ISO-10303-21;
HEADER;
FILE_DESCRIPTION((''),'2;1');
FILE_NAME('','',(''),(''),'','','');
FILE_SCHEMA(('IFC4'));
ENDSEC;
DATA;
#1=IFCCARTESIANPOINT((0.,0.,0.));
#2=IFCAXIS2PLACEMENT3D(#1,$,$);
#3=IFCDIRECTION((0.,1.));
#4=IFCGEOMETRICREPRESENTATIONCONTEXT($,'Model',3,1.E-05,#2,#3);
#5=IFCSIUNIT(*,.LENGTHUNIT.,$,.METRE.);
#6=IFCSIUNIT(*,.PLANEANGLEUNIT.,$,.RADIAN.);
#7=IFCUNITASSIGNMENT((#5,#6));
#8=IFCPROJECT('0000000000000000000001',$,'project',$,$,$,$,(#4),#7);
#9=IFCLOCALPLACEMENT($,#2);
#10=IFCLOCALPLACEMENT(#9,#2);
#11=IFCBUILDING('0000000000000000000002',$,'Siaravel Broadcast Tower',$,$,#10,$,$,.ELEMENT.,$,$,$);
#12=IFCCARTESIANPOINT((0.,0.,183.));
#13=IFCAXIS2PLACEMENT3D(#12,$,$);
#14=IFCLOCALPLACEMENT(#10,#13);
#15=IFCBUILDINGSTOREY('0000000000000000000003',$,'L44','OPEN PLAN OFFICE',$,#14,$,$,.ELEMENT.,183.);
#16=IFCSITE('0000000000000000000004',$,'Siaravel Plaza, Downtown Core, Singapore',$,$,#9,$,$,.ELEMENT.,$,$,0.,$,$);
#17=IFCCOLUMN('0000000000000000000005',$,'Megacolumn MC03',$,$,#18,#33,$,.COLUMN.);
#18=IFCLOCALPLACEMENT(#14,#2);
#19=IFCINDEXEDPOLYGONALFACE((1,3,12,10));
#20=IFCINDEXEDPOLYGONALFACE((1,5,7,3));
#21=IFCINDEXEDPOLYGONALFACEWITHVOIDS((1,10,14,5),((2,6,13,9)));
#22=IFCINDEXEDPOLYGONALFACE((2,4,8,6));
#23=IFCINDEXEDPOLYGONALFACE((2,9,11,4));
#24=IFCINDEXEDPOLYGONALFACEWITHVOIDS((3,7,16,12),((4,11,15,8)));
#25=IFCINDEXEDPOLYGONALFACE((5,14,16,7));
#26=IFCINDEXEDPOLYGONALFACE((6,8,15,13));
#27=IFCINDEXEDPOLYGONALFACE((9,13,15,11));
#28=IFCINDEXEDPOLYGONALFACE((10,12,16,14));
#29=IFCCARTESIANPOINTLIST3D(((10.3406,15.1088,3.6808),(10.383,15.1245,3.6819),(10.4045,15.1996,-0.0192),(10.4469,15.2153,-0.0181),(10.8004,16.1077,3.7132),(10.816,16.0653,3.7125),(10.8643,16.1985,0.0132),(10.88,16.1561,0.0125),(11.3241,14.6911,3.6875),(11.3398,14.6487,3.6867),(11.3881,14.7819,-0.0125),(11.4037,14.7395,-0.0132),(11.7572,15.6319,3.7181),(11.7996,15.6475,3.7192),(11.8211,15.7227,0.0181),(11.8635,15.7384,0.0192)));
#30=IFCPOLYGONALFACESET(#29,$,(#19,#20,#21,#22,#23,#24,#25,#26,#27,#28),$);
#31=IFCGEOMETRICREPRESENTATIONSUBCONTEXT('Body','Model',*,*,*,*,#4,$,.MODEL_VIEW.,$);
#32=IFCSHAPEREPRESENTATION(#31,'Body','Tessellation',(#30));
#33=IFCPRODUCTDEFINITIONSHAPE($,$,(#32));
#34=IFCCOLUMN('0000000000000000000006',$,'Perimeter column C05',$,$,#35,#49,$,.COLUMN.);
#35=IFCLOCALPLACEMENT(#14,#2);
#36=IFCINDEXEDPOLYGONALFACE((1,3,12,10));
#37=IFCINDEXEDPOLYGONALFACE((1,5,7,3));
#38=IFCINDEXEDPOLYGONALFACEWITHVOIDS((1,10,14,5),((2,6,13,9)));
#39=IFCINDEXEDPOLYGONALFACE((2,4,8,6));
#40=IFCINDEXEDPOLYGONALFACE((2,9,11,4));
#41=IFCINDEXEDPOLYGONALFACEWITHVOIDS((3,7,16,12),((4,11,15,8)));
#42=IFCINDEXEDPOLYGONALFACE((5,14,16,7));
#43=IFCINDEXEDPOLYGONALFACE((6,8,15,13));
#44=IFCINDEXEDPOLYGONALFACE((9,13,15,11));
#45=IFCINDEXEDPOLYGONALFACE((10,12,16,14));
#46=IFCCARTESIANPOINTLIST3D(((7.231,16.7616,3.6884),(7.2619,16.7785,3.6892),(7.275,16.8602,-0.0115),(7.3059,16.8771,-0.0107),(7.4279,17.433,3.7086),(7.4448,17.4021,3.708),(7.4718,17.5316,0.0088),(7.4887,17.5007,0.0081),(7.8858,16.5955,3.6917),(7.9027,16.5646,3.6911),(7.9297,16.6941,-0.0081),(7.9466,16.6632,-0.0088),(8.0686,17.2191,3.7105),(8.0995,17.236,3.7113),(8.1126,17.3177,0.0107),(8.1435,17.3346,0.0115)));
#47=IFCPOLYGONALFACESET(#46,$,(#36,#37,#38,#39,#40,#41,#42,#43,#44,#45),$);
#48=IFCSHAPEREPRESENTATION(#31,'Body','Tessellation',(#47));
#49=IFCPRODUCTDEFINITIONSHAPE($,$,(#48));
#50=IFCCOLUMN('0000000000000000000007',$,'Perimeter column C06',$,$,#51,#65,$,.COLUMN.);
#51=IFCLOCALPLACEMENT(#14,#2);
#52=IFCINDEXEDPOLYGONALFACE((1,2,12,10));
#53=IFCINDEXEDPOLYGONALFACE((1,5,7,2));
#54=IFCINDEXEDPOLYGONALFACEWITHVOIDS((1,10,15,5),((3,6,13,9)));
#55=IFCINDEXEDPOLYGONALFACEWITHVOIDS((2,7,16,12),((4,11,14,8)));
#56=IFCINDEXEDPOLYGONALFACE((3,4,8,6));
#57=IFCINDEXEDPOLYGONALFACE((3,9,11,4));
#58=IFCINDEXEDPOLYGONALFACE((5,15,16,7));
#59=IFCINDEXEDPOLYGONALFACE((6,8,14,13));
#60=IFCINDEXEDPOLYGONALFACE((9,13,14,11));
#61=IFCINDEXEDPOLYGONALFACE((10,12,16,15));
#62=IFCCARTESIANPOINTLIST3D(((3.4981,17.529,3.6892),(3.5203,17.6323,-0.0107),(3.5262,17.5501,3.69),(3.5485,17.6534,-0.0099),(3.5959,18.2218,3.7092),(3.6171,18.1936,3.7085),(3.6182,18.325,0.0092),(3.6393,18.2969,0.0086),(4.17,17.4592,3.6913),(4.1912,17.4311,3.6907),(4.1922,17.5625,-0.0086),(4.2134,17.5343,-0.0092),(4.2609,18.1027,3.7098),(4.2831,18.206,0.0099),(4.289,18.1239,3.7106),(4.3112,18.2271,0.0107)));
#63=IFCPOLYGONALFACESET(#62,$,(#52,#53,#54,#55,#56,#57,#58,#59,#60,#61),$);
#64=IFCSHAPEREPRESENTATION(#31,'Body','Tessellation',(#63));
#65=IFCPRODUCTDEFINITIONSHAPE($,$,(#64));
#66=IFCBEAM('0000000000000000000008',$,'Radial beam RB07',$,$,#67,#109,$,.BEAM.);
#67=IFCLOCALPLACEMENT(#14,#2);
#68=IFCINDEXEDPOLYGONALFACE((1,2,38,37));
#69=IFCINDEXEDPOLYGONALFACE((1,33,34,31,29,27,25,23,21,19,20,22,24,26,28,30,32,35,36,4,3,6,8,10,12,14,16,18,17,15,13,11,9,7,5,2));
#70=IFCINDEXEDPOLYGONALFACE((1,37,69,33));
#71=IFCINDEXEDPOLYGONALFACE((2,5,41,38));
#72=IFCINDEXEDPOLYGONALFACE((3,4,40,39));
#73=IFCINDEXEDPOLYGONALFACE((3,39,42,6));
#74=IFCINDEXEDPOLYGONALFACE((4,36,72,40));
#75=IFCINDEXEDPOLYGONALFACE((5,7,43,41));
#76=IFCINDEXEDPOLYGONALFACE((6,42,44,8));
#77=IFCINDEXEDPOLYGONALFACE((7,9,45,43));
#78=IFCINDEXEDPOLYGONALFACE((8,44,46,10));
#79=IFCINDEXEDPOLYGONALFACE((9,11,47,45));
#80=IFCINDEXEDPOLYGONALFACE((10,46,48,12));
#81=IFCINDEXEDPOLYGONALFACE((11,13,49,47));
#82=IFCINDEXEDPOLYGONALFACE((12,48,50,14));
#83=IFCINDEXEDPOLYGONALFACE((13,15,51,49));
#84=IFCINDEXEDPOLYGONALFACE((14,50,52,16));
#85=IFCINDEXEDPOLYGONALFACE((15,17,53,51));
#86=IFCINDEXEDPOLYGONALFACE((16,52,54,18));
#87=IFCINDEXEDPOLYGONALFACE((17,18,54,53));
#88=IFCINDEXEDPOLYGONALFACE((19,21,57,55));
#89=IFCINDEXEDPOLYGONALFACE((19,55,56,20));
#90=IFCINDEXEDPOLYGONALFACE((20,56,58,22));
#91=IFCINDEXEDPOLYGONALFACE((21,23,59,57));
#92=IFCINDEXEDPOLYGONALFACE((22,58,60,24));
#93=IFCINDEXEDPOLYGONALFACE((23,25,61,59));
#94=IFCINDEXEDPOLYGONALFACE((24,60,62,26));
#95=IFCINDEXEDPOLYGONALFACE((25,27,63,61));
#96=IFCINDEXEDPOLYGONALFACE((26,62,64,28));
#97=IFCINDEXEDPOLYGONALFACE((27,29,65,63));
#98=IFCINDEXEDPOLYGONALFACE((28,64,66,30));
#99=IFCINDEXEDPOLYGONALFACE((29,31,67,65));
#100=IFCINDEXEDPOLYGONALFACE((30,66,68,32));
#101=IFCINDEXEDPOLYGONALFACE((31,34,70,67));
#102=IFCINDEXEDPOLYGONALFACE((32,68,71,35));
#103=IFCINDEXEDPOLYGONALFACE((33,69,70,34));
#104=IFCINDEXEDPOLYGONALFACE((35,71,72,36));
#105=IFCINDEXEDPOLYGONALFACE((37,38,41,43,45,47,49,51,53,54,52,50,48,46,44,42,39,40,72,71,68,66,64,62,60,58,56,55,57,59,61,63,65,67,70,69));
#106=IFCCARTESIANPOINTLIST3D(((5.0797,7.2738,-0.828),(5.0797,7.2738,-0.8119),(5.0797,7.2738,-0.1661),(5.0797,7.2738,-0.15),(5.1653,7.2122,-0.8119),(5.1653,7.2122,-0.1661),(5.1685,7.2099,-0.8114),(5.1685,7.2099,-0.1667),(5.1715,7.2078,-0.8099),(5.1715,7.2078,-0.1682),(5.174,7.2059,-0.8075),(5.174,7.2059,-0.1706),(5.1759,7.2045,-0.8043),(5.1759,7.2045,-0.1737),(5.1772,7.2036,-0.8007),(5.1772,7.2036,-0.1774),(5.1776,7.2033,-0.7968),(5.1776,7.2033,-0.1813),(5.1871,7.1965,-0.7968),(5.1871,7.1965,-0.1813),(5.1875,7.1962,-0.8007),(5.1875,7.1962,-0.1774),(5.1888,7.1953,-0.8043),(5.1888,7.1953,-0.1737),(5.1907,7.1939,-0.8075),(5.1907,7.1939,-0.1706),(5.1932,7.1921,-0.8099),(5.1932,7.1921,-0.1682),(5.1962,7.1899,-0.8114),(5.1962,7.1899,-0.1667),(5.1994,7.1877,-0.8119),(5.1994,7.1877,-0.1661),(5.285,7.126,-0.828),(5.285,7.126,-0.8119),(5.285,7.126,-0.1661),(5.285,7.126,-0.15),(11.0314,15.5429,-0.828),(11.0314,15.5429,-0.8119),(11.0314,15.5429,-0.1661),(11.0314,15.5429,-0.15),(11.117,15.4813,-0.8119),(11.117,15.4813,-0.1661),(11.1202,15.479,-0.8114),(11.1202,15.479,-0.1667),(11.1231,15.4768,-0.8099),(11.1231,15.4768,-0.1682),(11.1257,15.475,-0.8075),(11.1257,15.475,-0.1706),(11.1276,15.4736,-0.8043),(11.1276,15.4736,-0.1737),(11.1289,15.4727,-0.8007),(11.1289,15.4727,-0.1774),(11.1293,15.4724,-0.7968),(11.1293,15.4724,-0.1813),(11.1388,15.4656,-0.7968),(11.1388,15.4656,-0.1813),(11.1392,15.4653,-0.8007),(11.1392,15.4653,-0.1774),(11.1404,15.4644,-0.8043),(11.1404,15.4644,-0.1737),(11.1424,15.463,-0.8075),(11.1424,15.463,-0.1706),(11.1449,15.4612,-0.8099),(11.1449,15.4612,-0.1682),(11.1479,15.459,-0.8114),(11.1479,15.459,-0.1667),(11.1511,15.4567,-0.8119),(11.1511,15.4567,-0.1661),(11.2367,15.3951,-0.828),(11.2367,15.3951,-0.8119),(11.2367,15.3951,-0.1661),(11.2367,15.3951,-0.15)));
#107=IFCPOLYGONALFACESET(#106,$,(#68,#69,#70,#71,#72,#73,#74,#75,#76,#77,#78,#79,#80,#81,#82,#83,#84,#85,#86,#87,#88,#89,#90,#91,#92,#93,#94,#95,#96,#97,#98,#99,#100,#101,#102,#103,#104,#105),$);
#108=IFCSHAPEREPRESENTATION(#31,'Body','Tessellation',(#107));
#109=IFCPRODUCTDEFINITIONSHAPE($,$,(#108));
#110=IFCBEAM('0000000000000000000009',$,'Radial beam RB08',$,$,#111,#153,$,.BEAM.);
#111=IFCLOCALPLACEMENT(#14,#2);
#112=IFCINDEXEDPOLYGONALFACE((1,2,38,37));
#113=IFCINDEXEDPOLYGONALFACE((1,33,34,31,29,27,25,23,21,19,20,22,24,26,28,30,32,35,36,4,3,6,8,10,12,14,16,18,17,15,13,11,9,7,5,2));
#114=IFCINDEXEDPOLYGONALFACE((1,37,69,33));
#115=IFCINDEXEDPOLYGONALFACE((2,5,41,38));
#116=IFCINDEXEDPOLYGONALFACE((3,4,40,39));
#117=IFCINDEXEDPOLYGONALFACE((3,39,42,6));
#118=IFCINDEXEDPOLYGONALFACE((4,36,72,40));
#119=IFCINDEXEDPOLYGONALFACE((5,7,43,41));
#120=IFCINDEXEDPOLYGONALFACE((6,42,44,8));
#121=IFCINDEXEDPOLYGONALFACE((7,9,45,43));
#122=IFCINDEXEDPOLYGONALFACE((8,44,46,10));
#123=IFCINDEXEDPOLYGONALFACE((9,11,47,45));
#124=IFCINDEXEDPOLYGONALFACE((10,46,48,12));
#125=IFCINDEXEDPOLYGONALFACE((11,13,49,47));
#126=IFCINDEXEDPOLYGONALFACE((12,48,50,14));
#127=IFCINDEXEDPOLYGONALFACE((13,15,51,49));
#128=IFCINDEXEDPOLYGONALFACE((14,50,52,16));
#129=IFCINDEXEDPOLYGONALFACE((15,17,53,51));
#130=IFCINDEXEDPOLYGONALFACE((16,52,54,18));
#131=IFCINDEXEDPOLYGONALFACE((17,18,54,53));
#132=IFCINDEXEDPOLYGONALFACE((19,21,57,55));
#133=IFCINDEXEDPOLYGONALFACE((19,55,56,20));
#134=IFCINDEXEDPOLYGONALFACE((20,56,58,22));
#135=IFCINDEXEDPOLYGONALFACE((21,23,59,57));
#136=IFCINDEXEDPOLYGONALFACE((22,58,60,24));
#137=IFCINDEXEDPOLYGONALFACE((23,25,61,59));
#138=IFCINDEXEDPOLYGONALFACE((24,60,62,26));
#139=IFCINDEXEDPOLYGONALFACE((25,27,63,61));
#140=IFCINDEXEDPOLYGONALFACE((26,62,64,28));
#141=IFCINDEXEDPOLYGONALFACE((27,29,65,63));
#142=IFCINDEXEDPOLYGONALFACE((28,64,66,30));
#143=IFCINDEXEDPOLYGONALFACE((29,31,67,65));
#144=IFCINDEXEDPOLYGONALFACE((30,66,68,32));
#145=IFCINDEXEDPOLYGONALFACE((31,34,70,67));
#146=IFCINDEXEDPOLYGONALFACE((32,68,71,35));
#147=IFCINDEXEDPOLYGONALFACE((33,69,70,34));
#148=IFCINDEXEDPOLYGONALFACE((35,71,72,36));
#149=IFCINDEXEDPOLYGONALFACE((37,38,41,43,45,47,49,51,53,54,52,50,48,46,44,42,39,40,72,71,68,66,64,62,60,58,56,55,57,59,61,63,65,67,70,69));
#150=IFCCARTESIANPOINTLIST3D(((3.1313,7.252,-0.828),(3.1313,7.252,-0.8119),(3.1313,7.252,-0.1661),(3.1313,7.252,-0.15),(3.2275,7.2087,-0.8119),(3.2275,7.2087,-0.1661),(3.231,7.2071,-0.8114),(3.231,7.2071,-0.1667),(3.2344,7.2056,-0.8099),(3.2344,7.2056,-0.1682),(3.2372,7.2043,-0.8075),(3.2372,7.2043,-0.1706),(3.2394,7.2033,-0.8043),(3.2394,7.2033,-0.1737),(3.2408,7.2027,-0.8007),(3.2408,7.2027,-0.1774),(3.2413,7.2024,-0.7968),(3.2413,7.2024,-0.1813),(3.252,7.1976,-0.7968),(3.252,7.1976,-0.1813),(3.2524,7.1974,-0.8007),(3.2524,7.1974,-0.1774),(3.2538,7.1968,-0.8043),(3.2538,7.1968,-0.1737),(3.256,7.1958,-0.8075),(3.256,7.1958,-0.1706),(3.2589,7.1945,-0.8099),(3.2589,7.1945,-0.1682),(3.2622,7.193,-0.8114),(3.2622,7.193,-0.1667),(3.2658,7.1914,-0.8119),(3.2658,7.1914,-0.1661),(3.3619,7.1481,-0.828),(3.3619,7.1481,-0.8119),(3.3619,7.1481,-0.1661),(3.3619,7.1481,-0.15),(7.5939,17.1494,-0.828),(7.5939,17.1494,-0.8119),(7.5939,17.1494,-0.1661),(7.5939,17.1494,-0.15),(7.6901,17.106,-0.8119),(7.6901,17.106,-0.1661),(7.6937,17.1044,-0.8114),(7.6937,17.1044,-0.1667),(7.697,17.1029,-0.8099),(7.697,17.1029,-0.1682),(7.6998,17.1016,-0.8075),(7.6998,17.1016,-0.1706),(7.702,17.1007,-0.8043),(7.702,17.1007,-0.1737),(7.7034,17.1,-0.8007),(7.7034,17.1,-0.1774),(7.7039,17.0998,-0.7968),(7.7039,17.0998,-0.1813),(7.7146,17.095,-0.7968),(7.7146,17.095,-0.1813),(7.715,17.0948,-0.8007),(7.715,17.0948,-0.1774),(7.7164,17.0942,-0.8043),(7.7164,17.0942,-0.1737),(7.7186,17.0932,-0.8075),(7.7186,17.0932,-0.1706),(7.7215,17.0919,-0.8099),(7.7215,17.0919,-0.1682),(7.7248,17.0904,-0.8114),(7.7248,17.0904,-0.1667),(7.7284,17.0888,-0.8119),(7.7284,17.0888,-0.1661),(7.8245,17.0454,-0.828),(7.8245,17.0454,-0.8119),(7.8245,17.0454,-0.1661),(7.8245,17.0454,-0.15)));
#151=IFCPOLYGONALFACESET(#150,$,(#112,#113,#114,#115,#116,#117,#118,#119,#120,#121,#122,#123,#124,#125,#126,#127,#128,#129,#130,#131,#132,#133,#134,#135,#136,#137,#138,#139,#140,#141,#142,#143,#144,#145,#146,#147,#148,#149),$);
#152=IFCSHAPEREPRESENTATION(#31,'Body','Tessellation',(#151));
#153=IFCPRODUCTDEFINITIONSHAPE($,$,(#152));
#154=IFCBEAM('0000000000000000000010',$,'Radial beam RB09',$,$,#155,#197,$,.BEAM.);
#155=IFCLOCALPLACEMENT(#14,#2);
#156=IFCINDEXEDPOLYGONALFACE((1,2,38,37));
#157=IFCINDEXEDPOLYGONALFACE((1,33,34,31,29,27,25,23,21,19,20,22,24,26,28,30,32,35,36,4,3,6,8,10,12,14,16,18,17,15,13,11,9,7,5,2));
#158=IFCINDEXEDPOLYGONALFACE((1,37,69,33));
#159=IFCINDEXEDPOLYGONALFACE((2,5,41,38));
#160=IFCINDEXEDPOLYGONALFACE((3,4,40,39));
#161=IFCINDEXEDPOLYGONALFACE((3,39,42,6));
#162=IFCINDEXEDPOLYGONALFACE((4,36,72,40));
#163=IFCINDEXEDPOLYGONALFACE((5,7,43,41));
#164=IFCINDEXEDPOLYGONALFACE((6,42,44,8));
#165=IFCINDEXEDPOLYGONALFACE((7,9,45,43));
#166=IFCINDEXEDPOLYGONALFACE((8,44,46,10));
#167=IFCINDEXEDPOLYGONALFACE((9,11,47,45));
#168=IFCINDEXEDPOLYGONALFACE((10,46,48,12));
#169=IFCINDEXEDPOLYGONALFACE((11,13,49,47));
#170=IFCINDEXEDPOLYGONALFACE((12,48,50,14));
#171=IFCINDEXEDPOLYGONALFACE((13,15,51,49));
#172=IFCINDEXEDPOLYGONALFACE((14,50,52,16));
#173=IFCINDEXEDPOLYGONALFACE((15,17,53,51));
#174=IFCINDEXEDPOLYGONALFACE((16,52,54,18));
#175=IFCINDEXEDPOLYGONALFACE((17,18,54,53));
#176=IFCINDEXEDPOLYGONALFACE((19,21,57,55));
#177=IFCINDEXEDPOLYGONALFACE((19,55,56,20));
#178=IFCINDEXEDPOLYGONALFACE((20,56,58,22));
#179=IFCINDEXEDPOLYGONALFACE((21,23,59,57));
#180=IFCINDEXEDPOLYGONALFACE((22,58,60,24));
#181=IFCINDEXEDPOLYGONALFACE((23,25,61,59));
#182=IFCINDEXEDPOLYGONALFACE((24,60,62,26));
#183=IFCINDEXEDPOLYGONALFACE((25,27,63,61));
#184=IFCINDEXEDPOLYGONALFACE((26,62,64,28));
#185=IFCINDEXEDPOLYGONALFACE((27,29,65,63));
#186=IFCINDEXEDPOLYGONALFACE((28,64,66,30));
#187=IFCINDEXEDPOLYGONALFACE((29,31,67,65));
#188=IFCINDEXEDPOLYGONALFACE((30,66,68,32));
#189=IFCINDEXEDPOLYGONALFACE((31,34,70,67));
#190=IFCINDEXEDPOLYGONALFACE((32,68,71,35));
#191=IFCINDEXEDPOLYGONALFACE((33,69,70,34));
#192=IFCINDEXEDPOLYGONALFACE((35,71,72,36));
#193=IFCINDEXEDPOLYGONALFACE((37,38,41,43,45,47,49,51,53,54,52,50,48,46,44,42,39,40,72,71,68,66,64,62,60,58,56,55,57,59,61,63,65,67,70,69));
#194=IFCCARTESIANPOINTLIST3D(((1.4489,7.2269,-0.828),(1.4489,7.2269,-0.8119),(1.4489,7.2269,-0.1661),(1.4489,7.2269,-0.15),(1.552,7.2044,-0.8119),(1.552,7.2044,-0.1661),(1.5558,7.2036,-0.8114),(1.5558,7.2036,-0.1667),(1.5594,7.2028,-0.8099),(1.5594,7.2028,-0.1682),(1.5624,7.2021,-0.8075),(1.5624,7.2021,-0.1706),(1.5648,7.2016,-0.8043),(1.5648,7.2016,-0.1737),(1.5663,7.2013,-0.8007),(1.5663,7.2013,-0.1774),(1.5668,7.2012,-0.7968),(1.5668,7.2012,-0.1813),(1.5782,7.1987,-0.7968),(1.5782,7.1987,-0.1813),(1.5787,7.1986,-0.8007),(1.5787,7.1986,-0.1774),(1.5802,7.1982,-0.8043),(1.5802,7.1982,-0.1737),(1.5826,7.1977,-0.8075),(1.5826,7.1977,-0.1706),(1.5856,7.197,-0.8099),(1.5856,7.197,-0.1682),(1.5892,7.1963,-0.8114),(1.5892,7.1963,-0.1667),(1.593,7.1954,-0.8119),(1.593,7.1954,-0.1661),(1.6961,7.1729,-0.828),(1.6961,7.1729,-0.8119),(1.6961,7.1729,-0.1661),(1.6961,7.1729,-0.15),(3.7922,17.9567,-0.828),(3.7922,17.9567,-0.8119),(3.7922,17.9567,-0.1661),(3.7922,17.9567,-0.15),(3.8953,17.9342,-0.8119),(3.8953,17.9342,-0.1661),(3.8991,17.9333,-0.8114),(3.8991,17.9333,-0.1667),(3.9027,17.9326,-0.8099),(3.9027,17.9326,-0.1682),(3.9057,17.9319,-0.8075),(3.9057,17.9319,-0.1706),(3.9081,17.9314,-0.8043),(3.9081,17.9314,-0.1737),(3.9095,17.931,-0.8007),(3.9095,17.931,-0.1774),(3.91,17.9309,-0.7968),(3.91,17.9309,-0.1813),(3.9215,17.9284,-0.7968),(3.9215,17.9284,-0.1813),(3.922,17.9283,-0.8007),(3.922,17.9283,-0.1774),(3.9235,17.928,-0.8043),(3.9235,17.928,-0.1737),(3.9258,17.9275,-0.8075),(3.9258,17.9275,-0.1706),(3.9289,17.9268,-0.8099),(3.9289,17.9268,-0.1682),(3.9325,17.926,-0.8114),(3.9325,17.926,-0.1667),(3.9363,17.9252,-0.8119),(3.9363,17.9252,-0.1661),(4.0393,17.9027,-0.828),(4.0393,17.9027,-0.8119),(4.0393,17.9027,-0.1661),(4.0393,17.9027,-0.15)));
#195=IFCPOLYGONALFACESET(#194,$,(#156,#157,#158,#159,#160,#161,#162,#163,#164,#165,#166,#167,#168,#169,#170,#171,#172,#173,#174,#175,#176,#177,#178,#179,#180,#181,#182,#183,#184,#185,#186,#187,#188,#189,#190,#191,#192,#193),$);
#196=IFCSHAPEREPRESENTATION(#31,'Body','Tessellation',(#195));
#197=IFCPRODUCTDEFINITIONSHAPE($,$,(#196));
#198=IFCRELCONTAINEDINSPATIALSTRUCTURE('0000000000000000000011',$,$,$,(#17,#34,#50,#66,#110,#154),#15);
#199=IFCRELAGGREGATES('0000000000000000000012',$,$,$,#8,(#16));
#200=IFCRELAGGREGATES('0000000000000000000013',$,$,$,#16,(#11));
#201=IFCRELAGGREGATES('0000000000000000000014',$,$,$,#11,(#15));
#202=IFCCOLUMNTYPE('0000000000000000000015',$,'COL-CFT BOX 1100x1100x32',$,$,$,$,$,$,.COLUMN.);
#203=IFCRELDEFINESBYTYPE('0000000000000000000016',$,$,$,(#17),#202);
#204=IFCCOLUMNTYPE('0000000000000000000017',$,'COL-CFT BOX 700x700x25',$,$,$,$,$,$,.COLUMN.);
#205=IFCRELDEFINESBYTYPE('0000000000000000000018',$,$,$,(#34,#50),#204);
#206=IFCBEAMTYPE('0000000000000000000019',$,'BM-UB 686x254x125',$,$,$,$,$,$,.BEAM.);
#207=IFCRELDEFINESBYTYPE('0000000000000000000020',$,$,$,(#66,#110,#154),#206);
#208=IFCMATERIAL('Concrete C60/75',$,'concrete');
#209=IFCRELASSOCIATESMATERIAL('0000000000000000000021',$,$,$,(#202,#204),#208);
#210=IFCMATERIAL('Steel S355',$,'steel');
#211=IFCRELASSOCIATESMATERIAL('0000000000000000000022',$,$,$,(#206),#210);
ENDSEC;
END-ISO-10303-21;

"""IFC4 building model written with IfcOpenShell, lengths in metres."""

from ifc_helpers import new_model, si_unit, direction, frame, origin, origin_2d, place, context, subcontext, project, spatial, hollow_rectangle, i_section, extrude, material, material_profile, profile_set, type_object, element, save


model = new_model("IFC4")

# Units and contexts
model_context = context("Model", 3, precision=1e-05, world=origin(), true_north=direction((0.0, 1.0)))
body_context = subcontext(model_context, "Body", "Model", "MODEL_VIEW")
ifc_project = project(units=[si_unit("LENGTHUNIT", "METRE"), si_unit("PLANEANGLEUNIT", "RADIAN")], contexts=[model_context])

# Site, building, storey
site_placement = place(None, origin())
site = spatial("IfcSite", under=ifc_project, at=site_placement, Name="Siaravel Plaza, Downtown Core, Singapore", CompositionType="ELEMENT", RefElevation=0.0)
building_placement = place(site_placement, origin())
building = spatial("IfcBuilding", under=site, at=building_placement, Name="Siaravel Broadcast Tower", CompositionType="ELEMENT")
storey_placement = place(building_placement, frame((0.0, 0.0, 183.0)))
storey = spatial("IfcBuildingStorey", under=building, at=storey_placement, Name="L44", Description="OPEN PLAN OFFICE", CompositionType="ELEMENT", Elevation=183.0)

# Columns
ifc_material_1 = material(Name="Concrete C60/75", Category="concrete")
ifc_material_profile_1 = material_profile(ifc_material_1, hollow_rectangle(XDim=1.1001, YDim=1.1001, WallThickness=0.032, at=origin_2d()))
ifc_profile_set_1 = profile_set([ifc_material_profile_1], Name="Concrete C60/75")
column_type_1 = type_object("IfcColumnType", Name="COL-CFT BOX 1100x1100x32", PredefinedType="COLUMN", material=ifc_profile_set_1)
column_placement = place(storey_placement, frame((11.134, 15.469, 0.0), z_axis=(-0.01728, -0.024535, 0.99955), x_axis=(0.9083, -0.418284, 0.005435)))
element("IfcColumn", 1, at=column_placement, inside=storey, type_object=column_type_1, Name="Megacolumn MC03", PredefinedType="COLUMN", context=body_context, shape_type="SweptSolid", body=[
    extrude(hollow_rectangle(XDim=1.1001, YDim=1.1001, WallThickness=0.032, at=origin_2d()), origin(), (0.0, 0.0, 1.0), 3.7017),
])
ifc_material_profile_2 = material_profile(ifc_material_1, hollow_rectangle(XDim=0.7, YDim=0.7, WallThickness=0.0249, at=origin_2d()))
ifc_profile_set_2 = profile_set([ifc_material_profile_2], Name="Concrete C60/75")
column_type_2 = type_object("IfcColumnType", Name="COL-CFT BOX 700x700x25", PredefinedType="COLUMN", material=ifc_profile_set_2)
for number, where, z_axis, x_axis, name in (
    (2, (7.7092, 17.0974, 0.0), (-0.011872, -0.026647, 0.999574), (0.959561, -0.281474, 0.003893), "Perimeter column C05"),
    (3, (3.9158, 17.9297, 0.0), (-0.006002, -0.0279, 0.999593), (0.990165, -0.139893, 0.002041), "Perimeter column C06"),
):
    element("IfcColumn", number, at=place(storey_placement, frame(where, z_axis=z_axis, x_axis=x_axis)), inside=storey, type_object=column_type_2, Name=name, PredefinedType="COLUMN", context=body_context, shape_type="SweptSolid", body=[
        extrude(hollow_rectangle(XDim=0.7, YDim=0.7, WallThickness=0.0249, at=origin_2d()), origin(), (0.0, 0.0, 1.0), 3.7014),
    ])

# Beams
ifc_material_2 = material(Name="Steel S355", Category="steel")
ifc_material_profile_3 = material_profile(ifc_material_2, i_section(OverallWidth=0.2529, OverallDepth=0.678, WebThickness=0.0117, FlangeThickness=0.0161, FilletRadius=0.0151, at=origin_2d()))
ifc_profile_set_3 = profile_set([ifc_material_profile_3], Name="Steel S355")
beam_type = type_object("IfcBeamType", Name="BM-UB 686x254x125", PredefinedType="BEAM", material=ifc_profile_set_3)
beam_1_placement = place(storey_placement, frame((11.134, 15.469, -0.489), z_axis=(-0.584172, -0.81163, 0.0), x_axis=(0.81163, -0.584172, 0.0)))
element("IfcBeam", 4, at=beam_1_placement, inside=storey, type_object=beam_type, Name="Radial beam RB07", PredefinedType="BEAM", context=body_context, shape_type="SweptSolid", body=[
    extrude(i_section(OverallWidth=0.2529, OverallDepth=0.678, WebThickness=0.0117, FlangeThickness=0.0161, FilletRadius=0.0151, at=origin_2d()), origin(), (0.0, 0.0, 1.0), 10.1882),
])
beam_2_placement = place(storey_placement, frame((7.7092, 17.0974, -0.489), z_axis=(-0.411038, -0.911618, 0.0), x_axis=(0.911618, -0.411038, 0.0)))
element("IfcBeam", 5, at=beam_2_placement, inside=storey, type_object=beam_type, Name="Radial beam RB08", PredefinedType="BEAM", context=body_context, shape_type="SweptSolid", body=[
    extrude(i_section(OverallWidth=0.2529, OverallDepth=0.678, WebThickness=0.0117, FlangeThickness=0.0161, FilletRadius=0.0151, at=origin_2d()), origin(), (0.0, 0.0, 1.0), 10.8569),
])
beam_3_placement = place(storey_placement, frame((3.9158, 17.9297, -0.489), z_axis=(-0.213361, -0.976973, 0.0), x_axis=(0.976973, -0.213361, 0.0)))
element("IfcBeam", 6, at=beam_3_placement, inside=storey, type_object=beam_type, Name="Radial beam RB09", PredefinedType="BEAM", context=body_context, shape_type="SweptSolid", body=[
    extrude(i_section(OverallWidth=0.2529, OverallDepth=0.678, WebThickness=0.0117, FlangeThickness=0.0161, FilletRadius=0.0151, at=origin_2d()), origin(), (0.0, 0.0, 1.0), 10.9827),
])

save(model, "model.ifc")
